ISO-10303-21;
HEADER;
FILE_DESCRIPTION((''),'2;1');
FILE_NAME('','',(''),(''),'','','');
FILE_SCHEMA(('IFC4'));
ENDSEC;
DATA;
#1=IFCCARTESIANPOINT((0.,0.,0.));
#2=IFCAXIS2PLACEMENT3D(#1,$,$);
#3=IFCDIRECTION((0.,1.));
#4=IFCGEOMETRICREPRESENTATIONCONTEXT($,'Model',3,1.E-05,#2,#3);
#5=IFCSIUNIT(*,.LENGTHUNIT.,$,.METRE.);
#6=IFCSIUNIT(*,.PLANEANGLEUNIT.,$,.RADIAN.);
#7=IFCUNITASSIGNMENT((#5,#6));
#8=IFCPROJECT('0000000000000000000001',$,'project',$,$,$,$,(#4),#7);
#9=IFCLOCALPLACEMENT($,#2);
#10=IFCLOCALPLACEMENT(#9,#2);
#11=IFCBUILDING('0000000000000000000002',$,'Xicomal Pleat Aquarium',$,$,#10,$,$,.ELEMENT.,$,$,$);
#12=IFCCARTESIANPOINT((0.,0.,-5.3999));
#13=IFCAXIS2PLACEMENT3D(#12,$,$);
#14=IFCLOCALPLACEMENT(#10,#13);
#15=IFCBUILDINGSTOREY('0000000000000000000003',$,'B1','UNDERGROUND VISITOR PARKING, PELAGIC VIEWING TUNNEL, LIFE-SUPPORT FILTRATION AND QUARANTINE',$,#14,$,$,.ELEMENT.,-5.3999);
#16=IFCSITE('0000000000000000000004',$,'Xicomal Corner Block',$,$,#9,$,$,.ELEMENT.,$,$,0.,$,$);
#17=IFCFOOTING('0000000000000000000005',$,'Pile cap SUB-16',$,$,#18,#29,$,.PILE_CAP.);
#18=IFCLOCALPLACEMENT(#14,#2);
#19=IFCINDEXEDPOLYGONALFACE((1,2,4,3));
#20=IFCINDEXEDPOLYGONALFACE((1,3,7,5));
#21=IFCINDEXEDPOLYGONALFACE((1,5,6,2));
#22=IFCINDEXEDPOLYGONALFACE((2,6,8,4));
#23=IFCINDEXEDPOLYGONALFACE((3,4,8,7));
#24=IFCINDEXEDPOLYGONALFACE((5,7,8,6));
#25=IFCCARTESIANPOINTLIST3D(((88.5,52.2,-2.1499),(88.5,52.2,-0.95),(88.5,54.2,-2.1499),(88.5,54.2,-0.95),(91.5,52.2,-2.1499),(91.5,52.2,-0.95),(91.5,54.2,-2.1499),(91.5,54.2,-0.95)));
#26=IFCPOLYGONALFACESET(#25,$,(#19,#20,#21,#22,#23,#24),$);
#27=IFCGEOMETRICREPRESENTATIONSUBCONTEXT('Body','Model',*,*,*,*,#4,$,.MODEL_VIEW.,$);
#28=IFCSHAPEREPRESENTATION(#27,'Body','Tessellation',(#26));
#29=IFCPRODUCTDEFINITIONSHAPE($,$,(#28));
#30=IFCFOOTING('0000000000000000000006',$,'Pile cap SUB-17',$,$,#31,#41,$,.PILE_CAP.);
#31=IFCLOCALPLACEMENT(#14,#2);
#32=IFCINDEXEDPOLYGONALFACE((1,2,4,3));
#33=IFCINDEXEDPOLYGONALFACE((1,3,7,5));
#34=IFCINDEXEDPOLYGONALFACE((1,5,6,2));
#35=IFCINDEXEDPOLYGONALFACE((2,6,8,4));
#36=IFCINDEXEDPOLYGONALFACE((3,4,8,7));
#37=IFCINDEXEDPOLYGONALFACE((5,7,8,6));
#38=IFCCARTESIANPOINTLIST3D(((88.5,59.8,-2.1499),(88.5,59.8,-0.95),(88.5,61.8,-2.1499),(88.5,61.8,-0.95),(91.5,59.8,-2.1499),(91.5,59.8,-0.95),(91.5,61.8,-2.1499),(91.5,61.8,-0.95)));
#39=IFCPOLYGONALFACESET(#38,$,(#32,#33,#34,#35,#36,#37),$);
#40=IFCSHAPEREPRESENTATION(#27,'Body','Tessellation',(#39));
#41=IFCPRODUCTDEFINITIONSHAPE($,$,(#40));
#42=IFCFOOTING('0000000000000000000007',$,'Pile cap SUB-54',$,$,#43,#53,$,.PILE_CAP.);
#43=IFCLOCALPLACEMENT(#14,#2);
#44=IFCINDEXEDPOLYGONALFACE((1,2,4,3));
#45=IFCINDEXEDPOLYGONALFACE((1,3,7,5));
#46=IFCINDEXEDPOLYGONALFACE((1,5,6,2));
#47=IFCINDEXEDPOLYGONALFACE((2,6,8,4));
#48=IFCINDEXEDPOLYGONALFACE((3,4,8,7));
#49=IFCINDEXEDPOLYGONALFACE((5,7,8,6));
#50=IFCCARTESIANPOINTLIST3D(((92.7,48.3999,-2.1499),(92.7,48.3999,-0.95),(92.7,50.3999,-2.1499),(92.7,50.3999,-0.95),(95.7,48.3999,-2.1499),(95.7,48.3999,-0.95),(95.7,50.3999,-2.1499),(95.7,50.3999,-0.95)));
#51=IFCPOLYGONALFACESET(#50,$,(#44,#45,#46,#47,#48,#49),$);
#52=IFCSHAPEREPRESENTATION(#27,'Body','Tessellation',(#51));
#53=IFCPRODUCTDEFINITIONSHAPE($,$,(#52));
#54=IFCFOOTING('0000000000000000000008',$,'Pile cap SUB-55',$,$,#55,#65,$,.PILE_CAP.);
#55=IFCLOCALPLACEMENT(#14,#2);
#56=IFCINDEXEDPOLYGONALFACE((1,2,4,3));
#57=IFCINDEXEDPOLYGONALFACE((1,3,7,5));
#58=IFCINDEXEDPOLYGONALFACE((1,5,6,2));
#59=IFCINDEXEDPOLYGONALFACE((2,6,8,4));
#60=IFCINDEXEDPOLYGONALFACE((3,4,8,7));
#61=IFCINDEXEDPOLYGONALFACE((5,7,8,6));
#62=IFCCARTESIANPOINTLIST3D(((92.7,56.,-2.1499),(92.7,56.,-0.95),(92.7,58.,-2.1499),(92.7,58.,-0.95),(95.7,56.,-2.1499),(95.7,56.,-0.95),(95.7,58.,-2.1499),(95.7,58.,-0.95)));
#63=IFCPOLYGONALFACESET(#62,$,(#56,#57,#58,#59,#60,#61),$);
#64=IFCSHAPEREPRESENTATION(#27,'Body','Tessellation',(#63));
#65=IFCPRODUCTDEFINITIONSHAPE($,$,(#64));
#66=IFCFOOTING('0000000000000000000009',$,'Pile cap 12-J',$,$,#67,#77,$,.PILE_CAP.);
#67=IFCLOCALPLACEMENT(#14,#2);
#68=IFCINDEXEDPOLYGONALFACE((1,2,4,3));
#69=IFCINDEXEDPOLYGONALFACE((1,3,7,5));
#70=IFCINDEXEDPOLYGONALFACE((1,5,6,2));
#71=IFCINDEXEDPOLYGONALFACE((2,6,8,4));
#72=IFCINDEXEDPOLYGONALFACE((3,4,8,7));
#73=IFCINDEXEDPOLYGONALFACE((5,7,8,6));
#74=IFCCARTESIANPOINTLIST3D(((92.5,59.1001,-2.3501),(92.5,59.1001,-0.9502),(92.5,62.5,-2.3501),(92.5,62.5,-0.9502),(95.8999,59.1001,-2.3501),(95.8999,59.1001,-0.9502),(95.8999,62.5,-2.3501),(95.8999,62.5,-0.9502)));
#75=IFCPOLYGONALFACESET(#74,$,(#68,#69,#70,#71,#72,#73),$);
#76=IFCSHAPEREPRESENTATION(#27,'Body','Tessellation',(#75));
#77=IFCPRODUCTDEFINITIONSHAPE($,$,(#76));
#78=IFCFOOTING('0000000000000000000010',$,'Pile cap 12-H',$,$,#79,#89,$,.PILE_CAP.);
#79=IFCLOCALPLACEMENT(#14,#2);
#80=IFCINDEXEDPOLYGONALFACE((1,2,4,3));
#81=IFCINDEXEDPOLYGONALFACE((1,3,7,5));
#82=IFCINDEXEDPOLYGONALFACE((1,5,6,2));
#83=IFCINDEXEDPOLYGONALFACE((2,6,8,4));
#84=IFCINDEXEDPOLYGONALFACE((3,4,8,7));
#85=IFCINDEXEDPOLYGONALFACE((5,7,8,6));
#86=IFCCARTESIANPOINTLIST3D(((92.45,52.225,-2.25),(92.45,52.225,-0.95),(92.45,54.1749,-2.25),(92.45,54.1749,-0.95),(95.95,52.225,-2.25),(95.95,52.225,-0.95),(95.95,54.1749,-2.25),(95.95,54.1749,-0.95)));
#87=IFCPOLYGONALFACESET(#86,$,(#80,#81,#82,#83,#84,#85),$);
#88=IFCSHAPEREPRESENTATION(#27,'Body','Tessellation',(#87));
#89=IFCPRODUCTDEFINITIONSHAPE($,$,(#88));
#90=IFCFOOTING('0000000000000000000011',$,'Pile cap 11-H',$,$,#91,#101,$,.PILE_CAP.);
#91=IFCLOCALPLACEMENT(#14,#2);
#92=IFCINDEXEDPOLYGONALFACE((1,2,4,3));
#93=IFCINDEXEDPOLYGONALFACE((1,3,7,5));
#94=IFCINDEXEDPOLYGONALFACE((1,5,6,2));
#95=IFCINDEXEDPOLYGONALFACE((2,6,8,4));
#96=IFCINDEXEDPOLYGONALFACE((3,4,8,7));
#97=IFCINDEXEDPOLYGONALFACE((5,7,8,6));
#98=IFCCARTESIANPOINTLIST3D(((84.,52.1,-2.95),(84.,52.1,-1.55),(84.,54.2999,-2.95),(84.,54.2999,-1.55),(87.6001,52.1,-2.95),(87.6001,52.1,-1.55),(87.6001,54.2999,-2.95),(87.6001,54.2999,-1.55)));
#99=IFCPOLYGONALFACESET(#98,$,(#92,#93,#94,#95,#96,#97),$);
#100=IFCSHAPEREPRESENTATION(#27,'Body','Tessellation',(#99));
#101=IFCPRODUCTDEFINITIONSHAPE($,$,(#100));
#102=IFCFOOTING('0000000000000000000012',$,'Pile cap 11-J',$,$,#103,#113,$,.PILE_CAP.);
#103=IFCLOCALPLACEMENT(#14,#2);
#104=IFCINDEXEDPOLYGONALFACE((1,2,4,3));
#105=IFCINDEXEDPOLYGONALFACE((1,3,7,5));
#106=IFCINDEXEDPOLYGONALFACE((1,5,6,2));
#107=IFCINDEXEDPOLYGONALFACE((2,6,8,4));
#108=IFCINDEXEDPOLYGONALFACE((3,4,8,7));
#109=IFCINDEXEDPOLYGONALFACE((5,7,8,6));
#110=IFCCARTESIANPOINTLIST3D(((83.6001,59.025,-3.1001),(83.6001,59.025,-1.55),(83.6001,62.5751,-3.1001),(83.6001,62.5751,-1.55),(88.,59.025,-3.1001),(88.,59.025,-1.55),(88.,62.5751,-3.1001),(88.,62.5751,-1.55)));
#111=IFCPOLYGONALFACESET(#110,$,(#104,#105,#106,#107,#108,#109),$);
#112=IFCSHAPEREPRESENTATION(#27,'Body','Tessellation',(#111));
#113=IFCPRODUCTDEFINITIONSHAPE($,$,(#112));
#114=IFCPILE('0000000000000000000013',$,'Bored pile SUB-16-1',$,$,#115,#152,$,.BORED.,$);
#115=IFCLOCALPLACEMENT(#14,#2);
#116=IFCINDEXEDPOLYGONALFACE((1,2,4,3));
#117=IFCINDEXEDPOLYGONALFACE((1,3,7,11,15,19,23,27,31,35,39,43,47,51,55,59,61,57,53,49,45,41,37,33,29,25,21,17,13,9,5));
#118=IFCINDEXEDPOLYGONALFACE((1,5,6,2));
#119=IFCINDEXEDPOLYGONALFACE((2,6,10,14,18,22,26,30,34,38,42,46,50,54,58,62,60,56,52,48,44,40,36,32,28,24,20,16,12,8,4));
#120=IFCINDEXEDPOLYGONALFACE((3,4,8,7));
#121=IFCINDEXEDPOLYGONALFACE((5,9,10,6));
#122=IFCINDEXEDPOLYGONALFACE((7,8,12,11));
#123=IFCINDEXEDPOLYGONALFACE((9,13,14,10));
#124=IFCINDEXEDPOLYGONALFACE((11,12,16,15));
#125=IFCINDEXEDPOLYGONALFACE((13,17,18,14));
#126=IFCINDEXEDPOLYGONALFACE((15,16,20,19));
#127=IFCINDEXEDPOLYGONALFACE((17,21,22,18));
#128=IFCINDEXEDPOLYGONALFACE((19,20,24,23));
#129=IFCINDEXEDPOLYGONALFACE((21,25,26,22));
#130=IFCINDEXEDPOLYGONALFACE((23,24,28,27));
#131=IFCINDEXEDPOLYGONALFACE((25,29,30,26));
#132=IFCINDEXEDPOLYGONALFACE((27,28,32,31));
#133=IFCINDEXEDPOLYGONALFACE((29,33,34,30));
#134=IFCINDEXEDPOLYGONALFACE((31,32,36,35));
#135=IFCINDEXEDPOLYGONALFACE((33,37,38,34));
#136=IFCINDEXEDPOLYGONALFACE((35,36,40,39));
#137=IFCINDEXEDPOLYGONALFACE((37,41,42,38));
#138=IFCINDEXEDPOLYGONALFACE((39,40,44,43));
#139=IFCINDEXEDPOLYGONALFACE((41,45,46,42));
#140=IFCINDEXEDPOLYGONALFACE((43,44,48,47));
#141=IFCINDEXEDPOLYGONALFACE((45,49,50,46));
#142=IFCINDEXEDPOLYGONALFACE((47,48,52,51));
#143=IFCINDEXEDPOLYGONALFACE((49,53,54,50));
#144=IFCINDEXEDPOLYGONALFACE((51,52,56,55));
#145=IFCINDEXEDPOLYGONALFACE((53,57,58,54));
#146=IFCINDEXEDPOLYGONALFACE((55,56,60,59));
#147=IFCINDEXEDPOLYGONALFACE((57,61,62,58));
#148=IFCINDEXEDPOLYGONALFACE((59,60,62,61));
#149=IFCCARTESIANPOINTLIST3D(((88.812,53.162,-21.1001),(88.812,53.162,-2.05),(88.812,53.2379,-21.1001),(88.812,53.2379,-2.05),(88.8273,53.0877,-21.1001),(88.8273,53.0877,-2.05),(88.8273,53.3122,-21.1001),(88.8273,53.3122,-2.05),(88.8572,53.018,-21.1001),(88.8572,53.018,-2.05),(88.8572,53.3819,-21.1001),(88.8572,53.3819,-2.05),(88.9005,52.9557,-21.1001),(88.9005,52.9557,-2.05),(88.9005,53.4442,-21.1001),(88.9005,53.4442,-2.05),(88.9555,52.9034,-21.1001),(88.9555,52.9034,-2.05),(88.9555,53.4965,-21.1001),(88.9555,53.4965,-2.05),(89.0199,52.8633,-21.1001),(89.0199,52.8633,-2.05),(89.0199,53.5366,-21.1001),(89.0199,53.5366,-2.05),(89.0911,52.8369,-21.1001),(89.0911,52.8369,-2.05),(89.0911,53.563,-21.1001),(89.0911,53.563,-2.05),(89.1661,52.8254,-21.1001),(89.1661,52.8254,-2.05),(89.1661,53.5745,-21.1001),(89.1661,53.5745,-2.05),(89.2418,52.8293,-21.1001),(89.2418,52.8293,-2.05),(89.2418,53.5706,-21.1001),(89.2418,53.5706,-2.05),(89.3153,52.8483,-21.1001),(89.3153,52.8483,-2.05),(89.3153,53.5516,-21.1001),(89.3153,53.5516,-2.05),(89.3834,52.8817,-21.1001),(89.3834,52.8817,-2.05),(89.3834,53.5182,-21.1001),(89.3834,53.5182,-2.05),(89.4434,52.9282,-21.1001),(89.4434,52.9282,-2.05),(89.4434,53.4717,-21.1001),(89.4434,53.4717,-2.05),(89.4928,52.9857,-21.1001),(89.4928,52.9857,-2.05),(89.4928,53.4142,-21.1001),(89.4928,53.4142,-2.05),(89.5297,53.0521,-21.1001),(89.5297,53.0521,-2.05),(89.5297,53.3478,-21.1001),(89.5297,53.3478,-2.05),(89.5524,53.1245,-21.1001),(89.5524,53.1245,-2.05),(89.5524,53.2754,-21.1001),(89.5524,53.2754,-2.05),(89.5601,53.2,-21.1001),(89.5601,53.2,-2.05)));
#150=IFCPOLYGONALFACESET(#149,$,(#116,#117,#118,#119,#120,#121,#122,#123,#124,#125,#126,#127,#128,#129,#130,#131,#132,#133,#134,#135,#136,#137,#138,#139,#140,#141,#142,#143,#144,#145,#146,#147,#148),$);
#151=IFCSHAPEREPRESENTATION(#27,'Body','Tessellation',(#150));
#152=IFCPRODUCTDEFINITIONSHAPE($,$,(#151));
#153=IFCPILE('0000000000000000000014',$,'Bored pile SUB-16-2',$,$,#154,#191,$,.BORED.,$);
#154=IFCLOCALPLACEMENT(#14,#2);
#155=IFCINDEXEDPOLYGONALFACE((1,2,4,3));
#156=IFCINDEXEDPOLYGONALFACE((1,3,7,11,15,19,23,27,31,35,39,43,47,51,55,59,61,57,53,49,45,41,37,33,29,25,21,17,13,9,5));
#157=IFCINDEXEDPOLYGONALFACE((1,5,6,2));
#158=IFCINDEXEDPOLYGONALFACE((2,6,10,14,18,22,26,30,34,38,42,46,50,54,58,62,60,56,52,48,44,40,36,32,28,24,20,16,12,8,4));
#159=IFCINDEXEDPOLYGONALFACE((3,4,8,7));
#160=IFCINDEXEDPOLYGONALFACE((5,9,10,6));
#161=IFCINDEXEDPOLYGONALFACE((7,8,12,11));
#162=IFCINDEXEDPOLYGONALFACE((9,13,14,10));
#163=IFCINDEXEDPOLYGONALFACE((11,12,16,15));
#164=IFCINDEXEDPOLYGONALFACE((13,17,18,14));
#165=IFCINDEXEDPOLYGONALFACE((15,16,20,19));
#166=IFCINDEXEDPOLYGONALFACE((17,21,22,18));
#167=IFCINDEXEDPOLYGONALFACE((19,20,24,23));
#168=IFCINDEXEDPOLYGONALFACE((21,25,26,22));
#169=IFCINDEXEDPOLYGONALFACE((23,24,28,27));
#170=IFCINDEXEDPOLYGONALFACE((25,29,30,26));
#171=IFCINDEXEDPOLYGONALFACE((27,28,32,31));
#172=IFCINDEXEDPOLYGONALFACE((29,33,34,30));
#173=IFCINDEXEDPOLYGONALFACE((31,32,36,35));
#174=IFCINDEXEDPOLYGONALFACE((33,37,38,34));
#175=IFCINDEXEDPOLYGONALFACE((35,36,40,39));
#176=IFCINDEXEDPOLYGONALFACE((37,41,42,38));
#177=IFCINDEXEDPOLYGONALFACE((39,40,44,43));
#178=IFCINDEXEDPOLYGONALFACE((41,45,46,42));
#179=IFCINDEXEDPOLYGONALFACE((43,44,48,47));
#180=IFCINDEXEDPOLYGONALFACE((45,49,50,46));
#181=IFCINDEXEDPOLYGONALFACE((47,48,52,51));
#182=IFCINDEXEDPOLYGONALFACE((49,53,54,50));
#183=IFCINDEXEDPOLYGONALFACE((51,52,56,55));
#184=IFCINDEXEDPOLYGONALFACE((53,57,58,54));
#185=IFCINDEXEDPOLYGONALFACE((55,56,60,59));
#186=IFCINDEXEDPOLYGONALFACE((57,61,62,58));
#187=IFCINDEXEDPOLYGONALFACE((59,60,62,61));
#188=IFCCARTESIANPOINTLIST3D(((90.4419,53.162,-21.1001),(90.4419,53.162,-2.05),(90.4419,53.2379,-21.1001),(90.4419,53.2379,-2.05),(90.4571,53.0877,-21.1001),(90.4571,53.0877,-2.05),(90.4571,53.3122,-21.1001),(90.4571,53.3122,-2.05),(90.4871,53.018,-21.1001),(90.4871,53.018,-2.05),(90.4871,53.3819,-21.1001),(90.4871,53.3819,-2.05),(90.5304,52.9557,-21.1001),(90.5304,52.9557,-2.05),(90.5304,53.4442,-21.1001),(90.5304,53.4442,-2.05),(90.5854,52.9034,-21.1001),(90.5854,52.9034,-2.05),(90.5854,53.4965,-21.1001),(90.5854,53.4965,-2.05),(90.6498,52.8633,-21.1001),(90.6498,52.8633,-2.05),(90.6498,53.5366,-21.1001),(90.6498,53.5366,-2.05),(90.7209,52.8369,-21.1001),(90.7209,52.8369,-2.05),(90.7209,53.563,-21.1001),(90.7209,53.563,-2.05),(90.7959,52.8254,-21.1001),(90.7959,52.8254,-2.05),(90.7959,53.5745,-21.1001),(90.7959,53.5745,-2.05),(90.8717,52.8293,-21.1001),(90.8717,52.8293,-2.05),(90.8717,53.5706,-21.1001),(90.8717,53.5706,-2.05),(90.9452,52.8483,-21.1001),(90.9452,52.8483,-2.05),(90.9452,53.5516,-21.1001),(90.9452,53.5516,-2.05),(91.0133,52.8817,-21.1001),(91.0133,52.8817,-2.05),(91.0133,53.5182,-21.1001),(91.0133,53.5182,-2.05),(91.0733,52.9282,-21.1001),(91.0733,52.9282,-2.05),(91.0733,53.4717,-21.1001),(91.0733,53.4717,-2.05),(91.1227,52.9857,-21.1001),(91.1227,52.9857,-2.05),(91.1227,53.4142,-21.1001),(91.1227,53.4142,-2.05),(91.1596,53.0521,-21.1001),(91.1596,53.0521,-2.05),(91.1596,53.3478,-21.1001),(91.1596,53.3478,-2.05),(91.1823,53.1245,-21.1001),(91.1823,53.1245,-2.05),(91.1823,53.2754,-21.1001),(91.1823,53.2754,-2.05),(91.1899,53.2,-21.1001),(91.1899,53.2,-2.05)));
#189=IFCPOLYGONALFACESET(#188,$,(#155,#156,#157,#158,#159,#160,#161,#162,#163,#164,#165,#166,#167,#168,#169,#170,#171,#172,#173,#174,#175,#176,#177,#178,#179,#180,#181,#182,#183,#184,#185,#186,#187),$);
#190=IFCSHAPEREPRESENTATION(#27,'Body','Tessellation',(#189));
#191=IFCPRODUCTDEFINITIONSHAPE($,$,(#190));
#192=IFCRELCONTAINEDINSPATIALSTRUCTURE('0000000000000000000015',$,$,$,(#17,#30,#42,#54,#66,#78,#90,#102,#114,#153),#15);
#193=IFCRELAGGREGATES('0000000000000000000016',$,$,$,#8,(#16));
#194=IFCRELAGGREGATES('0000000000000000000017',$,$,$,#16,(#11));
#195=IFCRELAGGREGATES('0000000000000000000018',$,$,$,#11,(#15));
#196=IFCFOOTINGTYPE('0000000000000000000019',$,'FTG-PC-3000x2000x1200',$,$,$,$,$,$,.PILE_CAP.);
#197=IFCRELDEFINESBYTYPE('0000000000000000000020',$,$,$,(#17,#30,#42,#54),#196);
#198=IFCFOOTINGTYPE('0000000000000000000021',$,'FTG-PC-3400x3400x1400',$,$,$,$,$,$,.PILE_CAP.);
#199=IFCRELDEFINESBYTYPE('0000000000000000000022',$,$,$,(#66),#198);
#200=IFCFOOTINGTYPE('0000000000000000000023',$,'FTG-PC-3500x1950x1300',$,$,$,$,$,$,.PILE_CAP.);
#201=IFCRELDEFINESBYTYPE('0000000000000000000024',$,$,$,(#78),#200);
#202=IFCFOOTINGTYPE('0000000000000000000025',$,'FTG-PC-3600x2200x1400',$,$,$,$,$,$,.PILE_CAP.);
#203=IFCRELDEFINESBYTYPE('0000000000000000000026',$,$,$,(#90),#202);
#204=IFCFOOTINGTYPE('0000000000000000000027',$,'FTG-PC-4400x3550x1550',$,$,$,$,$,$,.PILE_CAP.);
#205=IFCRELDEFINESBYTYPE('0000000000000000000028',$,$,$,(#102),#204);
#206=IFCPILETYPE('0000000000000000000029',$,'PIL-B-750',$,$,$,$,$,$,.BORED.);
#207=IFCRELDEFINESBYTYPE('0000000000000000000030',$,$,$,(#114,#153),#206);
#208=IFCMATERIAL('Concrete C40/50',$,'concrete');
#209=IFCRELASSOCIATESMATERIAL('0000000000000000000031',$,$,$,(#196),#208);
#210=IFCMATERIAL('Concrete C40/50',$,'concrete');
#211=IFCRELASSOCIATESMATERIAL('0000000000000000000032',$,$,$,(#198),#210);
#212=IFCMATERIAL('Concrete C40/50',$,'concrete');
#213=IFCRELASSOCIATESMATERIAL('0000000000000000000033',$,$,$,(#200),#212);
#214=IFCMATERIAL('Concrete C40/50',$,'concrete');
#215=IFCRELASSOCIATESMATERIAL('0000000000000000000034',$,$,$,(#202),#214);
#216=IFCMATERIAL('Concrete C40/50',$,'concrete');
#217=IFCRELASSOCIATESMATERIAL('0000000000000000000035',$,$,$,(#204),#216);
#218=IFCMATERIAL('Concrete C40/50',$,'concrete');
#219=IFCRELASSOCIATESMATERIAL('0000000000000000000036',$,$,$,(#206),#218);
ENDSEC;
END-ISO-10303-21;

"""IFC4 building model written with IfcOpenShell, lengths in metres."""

from ifc_helpers import new_model, si_unit, direction, frame, origin, origin_2d, place, context, subcontext, project, spatial, rectangle, circle, extrude, material, material_profile, profile_set, type_object, element, save


model = new_model("IFC4")

# Units and contexts
model_context = context("Model", 3, precision=1e-05, world=origin(), true_north=direction((0.0, 1.0)))
body_context = subcontext(model_context, "Body", "Model", "MODEL_VIEW")
ifc_project = project(units=[si_unit("LENGTHUNIT", "METRE"), si_unit("PLANEANGLEUNIT", "RADIAN")], contexts=[model_context])

# Site, building, storey
site_placement = place(None, origin())
site = spatial("IfcSite", under=ifc_project, at=site_placement, Name="Xicomal Corner Block", CompositionType="ELEMENT", RefElevation=0.0)
building_placement = place(site_placement, origin())
building = spatial("IfcBuilding", under=site, at=building_placement, Name="Xicomal Pleat Aquarium", CompositionType="ELEMENT")
storey_placement = place(building_placement, frame((0.0, 0.0, -5.3999)))
storey = spatial("IfcBuildingStorey", under=building, at=storey_placement, Name="B1", Description="UNDERGROUND VISITOR PARKING, PELAGIC VIEWING TUNNEL, LIFE-SUPPORT FILTRATION AND QUARANTINE", CompositionType="ELEMENT", Elevation=-5.3999)

# Footings
ifc_material_1 = material(Name="Concrete C40/50", Category="concrete")
footing_type_1 = type_object("IfcFootingType", Name="FTG-PC-3000x2000x1200", PredefinedType="PILE_CAP", material=ifc_material_1)
for number, where, z_axis, x_axis, name in (
    (1, (90.0, 53.2, -2.1499), (0.0, 0.0, 1.0), (1.0, 0.0, 0.0), "Pile cap SUB-16"),
    (2, (90.0, 60.8, -2.1499), (0.0, 0.0, 1.0), (1.0, 0.0, 0.0), "Pile cap SUB-17"),
    (3, (94.2, 49.3999, -2.1499), (0.0, 0.0, 1.0), (1.0, 0.0, 0.0), "Pile cap SUB-54"),
    (4, (94.2, 57.0, -2.1499), (0.0, 0.0, 1.0), (1.0, 0.0, 0.0), "Pile cap SUB-55"),
):
    element("IfcFooting", number, at=place(storey_placement, frame(where, z_axis=z_axis, x_axis=x_axis)), inside=storey, type_object=footing_type_1, Name=name, PredefinedType="PILE_CAP", context=body_context, shape_type="SweptSolid", body=[
        extrude(rectangle(XDim=3.0, YDim=2.0, at=origin_2d()), origin(), (0.0, 0.0, 1.0), 1.2),
    ])
ifc_material_2 = material(Name="Concrete C40/50", Category="concrete")
footing_type_2 = type_object("IfcFootingType", Name="FTG-PC-3400x3400x1400", PredefinedType="PILE_CAP", material=ifc_material_2)
footing_1_placement = place(storey_placement, frame((94.2, 60.8, -2.3501), z_axis=(0.0, 0.0, 1.0), x_axis=(1.0, 0.0, 0.0)))
element("IfcFooting", 5, at=footing_1_placement, inside=storey, type_object=footing_type_2, Name="Pile cap 12-J", PredefinedType="PILE_CAP", context=body_context, shape_type="SweptSolid", body=[
    extrude(rectangle(XDim=3.3999, YDim=3.3999, at=origin_2d()), origin(), (0.0, 0.0, 1.0), 1.3999),
])
ifc_material_3 = material(Name="Concrete C40/50", Category="concrete")
footing_type_3 = type_object("IfcFootingType", Name="FTG-PC-3500x1950x1300", PredefinedType="PILE_CAP", material=ifc_material_3)
footing_2_placement = place(storey_placement, frame((94.2, 53.2, -2.25), z_axis=(0.0, 0.0, 1.0), x_axis=(1.0, 0.0, 0.0)))
element("IfcFooting", 6, at=footing_2_placement, inside=storey, type_object=footing_type_3, Name="Pile cap 12-H", PredefinedType="PILE_CAP", context=body_context, shape_type="SweptSolid", body=[
    extrude(rectangle(XDim=3.5, YDim=1.95, at=origin_2d()), origin(), (0.0, 0.0, 1.0), 1.3),
])
ifc_material_4 = material(Name="Concrete C40/50", Category="concrete")
footing_type_4 = type_object("IfcFootingType", Name="FTG-PC-3600x2200x1400", PredefinedType="PILE_CAP", material=ifc_material_4)
footing_3_placement = place(storey_placement, frame((85.8, 53.2, -2.95), z_axis=(0.0, 0.0, 1.0), x_axis=(1.0, 0.0, 0.0)))
element("IfcFooting", 7, at=footing_3_placement, inside=storey, type_object=footing_type_4, Name="Pile cap 11-H", PredefinedType="PILE_CAP", context=body_context, shape_type="SweptSolid", body=[
    extrude(rectangle(XDim=3.6001, YDim=2.2, at=origin_2d()), origin(), (0.0, 0.0, 1.0), 1.3999),
])
ifc_material_5 = material(Name="Concrete C40/50", Category="concrete")
footing_type_5 = type_object("IfcFootingType", Name="FTG-PC-4400x3550x1550", PredefinedType="PILE_CAP", material=ifc_material_5)
footing_4_placement = place(storey_placement, frame((85.8, 60.8, -3.1001), z_axis=(0.0, 0.0, 1.0), x_axis=(1.0, 0.0, 0.0)))
element("IfcFooting", 8, at=footing_4_placement, inside=storey, type_object=footing_type_5, Name="Pile cap 11-J", PredefinedType="PILE_CAP", context=body_context, shape_type="SweptSolid", body=[
    extrude(rectangle(XDim=4.3999, YDim=3.55, at=origin_2d()), origin(), (0.0, 0.0, 1.0), 1.55),
])

# Piles
ifc_material_6 = material(Name="Concrete C40/50", Category="concrete")
ifc_material_profile_1 = material_profile(ifc_material_6, circle(Radius=0.375, at=origin_2d()), Name="BORED PILE D750")
ifc_profile_set_1 = profile_set([ifc_material_profile_1], Name="Concrete C40/50")
pile_type_1 = type_object("IfcPileType", Name="PIL-B-750", PredefinedType="BORED", material=ifc_profile_set_1)
for number, where, z_axis, x_axis, name in (
    (9, (89.1851, 53.2, -2.05), (0.0, 0.0, -1.0), (1.0, 0.0, 0.0), "Bored pile SUB-16-1"),
    (10, (90.8149, 53.2, -2.05), (0.0, 0.0, -1.0), (1.0, 0.0, 0.0), "Bored pile SUB-16-2"),
):
    element("IfcPile", number, at=place(storey_placement, frame(where, z_axis=z_axis, x_axis=x_axis)), inside=storey, type_object=pile_type_1, Name=name, PredefinedType="BORED", context=body_context, shape_type="SweptSolid", body=[
        extrude(circle(Radius=0.375, at=origin_2d()), origin(), (0.0, 0.0, 1.0), 19.05),
    ])

save(model, "model.ifc")
